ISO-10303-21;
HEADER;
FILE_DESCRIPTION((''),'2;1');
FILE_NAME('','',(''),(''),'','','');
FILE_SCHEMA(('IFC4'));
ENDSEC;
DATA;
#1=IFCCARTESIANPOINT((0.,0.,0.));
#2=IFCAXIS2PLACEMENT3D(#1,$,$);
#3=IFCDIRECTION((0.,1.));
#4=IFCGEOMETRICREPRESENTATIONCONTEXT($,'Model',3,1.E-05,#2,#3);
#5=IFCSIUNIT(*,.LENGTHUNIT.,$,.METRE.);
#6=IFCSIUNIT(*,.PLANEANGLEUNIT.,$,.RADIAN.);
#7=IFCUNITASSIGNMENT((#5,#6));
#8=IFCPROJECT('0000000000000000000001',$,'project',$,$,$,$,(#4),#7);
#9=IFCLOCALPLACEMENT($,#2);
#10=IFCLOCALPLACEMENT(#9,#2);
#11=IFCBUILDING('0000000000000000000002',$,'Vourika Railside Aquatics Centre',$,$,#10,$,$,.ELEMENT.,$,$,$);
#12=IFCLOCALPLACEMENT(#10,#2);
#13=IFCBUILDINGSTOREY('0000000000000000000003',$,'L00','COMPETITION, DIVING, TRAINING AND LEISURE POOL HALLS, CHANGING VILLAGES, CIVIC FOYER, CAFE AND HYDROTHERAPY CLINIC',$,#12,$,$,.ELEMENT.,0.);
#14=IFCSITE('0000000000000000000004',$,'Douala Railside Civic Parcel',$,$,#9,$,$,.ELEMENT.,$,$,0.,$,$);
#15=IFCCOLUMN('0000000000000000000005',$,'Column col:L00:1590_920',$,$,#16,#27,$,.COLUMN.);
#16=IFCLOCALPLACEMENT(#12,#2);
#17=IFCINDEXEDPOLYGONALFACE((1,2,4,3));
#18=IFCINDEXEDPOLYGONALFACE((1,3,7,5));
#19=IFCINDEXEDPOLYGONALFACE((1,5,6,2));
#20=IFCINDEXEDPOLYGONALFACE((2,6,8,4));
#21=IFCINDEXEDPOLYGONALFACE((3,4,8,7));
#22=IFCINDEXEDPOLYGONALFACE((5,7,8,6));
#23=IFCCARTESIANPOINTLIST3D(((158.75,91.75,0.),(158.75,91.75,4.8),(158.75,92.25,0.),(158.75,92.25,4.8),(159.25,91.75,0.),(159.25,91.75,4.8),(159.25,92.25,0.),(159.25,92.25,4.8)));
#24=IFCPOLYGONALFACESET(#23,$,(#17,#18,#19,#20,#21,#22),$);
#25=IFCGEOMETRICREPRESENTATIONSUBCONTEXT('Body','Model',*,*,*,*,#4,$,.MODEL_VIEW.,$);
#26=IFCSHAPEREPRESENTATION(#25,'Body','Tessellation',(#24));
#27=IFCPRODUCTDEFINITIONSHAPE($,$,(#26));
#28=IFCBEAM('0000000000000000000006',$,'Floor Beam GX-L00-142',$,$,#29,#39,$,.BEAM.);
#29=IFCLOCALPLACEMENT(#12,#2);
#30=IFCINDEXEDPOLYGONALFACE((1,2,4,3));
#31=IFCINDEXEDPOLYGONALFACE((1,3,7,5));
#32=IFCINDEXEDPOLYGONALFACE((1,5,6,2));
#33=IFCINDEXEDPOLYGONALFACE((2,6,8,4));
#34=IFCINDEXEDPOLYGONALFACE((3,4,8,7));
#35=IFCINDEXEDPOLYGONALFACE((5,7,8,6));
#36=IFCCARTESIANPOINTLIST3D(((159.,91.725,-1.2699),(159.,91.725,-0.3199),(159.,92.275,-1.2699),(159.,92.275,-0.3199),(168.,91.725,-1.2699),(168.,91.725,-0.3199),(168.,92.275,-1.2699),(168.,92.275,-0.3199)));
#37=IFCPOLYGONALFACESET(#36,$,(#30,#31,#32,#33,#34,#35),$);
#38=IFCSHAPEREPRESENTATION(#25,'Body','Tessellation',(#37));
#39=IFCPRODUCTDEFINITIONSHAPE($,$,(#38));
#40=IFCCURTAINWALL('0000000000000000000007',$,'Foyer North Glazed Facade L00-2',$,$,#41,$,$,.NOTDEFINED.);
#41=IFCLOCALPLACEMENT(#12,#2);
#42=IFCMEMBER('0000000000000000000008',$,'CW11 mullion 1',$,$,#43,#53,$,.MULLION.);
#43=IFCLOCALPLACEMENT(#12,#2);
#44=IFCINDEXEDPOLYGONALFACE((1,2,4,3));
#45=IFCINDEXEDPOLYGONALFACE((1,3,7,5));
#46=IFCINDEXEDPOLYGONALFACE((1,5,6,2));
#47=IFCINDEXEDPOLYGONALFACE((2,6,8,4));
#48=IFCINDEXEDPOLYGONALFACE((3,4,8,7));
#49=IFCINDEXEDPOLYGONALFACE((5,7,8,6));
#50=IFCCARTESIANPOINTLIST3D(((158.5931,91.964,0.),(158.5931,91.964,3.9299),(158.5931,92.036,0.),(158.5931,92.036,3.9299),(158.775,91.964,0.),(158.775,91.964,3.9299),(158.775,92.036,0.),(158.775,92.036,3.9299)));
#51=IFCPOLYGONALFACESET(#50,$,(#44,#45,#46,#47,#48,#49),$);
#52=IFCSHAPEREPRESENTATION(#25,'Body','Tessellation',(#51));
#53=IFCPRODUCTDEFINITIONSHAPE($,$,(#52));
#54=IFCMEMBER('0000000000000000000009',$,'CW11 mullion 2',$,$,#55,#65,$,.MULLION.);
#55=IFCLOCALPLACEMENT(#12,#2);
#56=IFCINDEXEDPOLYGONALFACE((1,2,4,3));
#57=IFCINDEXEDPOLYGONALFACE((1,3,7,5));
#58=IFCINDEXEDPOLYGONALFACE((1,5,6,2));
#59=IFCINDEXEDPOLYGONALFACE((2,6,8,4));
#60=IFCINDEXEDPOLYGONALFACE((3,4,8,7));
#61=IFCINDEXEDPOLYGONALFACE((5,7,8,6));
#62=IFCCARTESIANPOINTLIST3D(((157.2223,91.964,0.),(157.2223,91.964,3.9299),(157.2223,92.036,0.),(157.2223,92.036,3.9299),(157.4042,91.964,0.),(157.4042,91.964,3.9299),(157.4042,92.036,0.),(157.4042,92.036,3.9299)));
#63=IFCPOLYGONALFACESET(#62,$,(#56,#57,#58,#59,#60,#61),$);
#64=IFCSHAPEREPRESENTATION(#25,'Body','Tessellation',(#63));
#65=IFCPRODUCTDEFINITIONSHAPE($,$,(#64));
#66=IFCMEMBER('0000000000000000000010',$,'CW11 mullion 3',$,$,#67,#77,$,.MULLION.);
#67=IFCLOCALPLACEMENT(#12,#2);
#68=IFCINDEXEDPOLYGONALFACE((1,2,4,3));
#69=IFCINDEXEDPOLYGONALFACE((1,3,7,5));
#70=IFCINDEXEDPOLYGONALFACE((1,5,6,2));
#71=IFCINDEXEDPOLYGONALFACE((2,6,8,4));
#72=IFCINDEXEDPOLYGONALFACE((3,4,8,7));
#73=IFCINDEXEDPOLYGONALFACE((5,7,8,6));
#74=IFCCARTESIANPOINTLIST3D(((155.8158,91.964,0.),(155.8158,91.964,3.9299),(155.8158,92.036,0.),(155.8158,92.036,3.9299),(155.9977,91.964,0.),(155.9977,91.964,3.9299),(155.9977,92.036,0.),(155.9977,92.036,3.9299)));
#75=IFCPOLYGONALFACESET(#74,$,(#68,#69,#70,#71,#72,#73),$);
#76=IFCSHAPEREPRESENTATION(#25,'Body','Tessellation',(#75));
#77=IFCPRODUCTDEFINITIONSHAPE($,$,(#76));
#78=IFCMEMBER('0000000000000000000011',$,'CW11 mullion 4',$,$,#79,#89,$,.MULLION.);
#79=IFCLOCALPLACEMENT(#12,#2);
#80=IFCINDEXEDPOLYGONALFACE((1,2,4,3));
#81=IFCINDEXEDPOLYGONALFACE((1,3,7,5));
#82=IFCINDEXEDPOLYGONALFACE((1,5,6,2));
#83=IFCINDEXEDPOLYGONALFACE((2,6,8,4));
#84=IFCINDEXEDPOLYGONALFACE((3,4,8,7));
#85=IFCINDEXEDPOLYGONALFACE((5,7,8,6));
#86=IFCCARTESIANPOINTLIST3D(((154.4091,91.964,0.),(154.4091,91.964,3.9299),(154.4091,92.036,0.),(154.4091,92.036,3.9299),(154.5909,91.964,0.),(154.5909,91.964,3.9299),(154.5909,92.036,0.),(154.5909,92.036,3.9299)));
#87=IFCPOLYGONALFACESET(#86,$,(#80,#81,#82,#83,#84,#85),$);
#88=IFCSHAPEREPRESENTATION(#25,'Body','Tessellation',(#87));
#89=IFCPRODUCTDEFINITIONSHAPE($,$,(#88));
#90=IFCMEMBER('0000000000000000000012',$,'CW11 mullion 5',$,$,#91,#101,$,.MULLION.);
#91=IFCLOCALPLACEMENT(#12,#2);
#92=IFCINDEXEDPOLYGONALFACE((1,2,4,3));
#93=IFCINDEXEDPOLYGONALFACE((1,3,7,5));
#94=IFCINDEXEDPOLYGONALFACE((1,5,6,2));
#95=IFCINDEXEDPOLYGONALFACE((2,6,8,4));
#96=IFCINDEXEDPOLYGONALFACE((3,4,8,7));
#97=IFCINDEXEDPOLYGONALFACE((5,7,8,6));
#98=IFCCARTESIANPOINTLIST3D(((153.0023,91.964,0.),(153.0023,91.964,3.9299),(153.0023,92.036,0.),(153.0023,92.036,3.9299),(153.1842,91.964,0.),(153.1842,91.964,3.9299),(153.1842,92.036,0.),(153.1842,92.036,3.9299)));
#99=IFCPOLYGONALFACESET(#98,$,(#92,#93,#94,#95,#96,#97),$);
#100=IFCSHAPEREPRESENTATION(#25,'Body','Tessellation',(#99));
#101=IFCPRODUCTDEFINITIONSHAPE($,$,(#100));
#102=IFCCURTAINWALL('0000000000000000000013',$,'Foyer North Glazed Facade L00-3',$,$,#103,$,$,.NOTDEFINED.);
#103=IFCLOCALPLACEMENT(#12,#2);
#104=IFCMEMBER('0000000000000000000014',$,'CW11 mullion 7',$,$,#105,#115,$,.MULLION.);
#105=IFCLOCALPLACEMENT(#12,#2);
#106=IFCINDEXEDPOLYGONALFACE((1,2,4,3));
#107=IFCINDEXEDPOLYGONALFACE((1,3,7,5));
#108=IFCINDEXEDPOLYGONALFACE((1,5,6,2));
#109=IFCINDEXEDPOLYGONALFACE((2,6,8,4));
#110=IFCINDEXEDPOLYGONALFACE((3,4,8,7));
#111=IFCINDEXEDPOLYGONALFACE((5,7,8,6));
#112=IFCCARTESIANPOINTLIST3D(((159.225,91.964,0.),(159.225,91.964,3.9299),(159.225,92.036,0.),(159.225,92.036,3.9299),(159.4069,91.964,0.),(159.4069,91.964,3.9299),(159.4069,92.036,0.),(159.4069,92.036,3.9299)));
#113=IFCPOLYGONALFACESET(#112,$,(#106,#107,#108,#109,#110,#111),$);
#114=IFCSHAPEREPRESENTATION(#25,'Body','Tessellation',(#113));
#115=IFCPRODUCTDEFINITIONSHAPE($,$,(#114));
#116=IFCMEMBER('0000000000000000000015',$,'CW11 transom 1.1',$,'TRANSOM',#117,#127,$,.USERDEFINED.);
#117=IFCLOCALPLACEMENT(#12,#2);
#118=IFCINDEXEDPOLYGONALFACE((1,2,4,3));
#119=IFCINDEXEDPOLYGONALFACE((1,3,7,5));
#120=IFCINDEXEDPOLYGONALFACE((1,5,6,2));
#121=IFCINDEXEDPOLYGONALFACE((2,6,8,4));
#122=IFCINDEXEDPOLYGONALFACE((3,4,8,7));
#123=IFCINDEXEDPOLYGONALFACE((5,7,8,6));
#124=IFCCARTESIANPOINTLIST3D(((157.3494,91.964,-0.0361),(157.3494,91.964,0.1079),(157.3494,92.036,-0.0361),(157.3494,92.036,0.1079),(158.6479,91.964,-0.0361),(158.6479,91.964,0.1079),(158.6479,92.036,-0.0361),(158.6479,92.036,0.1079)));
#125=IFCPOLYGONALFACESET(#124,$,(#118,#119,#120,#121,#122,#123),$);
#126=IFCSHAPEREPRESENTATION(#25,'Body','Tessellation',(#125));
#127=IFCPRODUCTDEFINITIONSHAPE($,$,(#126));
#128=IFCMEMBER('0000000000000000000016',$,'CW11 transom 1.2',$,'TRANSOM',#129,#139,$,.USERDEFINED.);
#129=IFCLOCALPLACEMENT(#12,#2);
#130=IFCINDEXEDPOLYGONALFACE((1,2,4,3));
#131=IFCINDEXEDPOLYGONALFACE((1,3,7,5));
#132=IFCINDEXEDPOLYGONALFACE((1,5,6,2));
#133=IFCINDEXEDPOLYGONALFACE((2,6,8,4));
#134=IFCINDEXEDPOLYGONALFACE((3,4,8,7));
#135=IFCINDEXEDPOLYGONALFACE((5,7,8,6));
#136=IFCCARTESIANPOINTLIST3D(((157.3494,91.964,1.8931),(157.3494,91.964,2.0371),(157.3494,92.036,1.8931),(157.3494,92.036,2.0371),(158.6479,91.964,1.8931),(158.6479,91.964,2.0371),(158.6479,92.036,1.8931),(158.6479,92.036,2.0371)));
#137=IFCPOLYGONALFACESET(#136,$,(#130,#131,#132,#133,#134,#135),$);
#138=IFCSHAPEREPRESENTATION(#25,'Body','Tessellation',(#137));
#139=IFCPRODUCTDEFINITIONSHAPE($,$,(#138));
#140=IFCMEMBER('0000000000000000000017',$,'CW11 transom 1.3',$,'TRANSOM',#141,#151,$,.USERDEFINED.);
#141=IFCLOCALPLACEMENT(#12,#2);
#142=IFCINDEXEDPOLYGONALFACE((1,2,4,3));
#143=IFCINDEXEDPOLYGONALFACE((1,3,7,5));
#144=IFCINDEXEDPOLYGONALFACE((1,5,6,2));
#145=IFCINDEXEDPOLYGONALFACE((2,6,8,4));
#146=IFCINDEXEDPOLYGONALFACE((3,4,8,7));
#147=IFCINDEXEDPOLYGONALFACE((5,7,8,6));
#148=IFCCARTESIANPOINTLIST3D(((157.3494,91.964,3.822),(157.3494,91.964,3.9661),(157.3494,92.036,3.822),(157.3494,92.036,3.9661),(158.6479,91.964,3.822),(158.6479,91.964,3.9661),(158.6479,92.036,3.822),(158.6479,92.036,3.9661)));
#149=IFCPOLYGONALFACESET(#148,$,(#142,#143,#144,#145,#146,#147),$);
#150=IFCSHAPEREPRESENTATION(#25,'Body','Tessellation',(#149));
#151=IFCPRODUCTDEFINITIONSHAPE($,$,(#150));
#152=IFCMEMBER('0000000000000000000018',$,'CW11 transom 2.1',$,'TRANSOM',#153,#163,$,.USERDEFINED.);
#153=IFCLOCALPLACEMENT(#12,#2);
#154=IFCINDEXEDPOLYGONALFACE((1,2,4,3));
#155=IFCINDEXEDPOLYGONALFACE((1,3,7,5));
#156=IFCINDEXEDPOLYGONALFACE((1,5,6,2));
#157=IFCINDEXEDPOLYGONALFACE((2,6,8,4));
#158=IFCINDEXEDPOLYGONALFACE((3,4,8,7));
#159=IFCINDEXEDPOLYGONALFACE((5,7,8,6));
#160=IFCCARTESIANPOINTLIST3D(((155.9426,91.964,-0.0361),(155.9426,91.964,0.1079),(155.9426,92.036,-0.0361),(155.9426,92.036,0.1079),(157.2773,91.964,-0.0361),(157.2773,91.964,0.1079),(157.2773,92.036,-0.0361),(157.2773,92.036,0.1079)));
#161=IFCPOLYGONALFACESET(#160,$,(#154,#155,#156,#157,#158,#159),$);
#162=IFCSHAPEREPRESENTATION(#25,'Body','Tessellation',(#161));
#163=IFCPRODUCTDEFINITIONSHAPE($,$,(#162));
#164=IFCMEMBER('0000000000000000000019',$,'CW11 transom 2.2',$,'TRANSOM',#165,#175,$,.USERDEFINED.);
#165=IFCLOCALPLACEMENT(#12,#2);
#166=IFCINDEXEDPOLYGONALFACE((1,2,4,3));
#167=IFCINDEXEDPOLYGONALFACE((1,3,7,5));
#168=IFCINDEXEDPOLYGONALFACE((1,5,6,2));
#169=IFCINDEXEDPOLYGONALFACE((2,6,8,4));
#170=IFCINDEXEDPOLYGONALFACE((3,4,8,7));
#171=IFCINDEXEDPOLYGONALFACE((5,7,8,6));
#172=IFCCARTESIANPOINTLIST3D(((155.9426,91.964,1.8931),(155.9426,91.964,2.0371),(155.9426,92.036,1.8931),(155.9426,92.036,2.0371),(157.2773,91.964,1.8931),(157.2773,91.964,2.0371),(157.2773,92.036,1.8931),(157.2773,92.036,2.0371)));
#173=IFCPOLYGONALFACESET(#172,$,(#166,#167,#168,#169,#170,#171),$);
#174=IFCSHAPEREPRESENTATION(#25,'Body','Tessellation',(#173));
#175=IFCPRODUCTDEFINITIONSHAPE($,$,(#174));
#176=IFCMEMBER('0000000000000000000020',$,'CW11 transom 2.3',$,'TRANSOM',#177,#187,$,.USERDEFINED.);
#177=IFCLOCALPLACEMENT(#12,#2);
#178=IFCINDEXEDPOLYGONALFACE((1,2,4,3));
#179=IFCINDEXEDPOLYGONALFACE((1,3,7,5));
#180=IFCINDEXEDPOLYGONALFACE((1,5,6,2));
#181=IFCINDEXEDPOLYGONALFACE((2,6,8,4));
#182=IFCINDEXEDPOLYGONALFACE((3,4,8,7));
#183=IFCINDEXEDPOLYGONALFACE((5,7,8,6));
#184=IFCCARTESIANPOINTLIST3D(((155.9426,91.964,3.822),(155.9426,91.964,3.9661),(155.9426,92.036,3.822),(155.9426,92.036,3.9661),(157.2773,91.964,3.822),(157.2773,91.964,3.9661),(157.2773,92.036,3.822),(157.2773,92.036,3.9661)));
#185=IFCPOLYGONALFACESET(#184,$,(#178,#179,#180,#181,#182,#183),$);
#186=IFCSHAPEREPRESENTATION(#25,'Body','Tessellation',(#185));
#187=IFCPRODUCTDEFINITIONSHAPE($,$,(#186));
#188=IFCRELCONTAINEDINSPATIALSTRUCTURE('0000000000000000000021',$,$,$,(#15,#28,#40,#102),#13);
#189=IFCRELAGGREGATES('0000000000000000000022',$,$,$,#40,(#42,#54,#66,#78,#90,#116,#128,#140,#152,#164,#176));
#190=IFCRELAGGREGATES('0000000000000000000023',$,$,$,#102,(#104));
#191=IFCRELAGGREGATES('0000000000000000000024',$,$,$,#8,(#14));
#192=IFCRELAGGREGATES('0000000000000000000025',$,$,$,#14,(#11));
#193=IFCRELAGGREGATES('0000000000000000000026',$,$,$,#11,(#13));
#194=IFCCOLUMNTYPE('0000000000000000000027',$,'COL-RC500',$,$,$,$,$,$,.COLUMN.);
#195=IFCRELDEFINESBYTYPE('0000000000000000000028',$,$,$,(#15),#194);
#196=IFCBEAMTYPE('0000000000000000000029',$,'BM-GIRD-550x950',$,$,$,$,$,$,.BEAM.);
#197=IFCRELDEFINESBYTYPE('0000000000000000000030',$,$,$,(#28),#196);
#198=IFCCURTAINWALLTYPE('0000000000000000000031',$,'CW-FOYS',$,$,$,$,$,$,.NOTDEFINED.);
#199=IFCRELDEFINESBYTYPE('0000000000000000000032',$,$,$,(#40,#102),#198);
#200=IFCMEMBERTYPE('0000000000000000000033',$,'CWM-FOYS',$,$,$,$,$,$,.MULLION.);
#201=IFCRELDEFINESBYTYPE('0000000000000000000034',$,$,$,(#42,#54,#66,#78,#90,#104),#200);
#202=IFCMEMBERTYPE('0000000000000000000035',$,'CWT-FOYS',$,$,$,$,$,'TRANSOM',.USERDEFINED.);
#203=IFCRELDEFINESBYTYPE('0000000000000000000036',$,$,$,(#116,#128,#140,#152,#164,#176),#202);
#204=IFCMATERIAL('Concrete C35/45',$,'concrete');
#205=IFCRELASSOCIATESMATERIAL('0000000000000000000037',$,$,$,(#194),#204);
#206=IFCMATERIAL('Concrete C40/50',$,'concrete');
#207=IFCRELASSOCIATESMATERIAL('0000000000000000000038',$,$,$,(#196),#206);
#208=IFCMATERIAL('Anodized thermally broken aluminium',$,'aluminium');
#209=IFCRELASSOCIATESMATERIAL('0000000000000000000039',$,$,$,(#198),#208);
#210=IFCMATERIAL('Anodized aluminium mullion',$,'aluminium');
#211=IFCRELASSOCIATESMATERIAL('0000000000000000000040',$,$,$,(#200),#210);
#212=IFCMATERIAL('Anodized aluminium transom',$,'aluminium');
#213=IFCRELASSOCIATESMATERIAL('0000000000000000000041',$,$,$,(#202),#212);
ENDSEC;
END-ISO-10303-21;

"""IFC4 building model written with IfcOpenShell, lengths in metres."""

from ifc_helpers import new_model, si_unit, direction, frame, origin, origin_2d, place, context, subcontext, project, spatial, rectangle, extrude, material, material_profile, profile_set, type_object, element, aggregate, save


model = new_model("IFC4")

# Units and contexts
model_context = context("Model", 3, precision=1e-05, world=origin(), true_north=direction((0.0, 1.0)))
body_context = subcontext(model_context, "Body", "Model", "MODEL_VIEW")
ifc_project = project(units=[si_unit("LENGTHUNIT", "METRE"), si_unit("PLANEANGLEUNIT", "RADIAN")], contexts=[model_context])

# Site, building, storey
site_placement = place(None, origin())
site = spatial("IfcSite", under=ifc_project, at=site_placement, Name="Douala Railside Civic Parcel", CompositionType="ELEMENT", RefElevation=0.0)
building_placement = place(site_placement, origin())
building = spatial("IfcBuilding", under=site, at=building_placement, Name="Vourika Railside Aquatics Centre", CompositionType="ELEMENT")
storey_placement = place(building_placement, origin())
storey = spatial("IfcBuildingStorey", under=building, at=storey_placement, Name="L00", Description="COMPETITION, DIVING, TRAINING AND LEISURE POOL HALLS, CHANGING VILLAGES, CIVIC FOYER, CAFE AND HYDROTHERAPY CLINIC", CompositionType="ELEMENT", Elevation=0.0)

# Column
ifc_material_1 = material(Name="Concrete C35/45", Category="concrete")
ifc_material_profile_1 = material_profile(ifc_material_1, rectangle(XDim=0.5, YDim=0.5, at=origin_2d()), Name="RC 500x500")
ifc_profile_set_1 = profile_set([ifc_material_profile_1], Name="Concrete C35/45")
column_type = type_object("IfcColumnType", Name="COL-RC500", PredefinedType="COLUMN", material=ifc_profile_set_1)
column_placement = place(storey_placement, frame((159.0, 92.0, 0.0), z_axis=(0.0, 0.0, 1.0), x_axis=(1.0, 0.0, 0.0)))
element("IfcColumn", 1, at=column_placement, inside=storey, type_object=column_type, Name="Column col:L00:1590_920", PredefinedType="COLUMN", context=body_context, shape_type="SweptSolid", body=[
    extrude(rectangle(XDim=0.5, YDim=0.5, at=origin_2d()), origin(), (0.0, 0.0, 1.0), 4.8),
])

# Beam
ifc_material_2 = material(Name="Concrete C40/50", Category="concrete")
ifc_material_profile_2 = material_profile(ifc_material_2, rectangle(XDim=0.55, YDim=0.95, at=origin_2d()), Name="RC 550x950")
ifc_profile_set_2 = profile_set([ifc_material_profile_2], Name="Concrete C40/50")
beam_type = type_object("IfcBeamType", Name="BM-GIRD-550x950", PredefinedType="BEAM", material=ifc_profile_set_2)
beam_placement = place(storey_placement, frame((159.0, 92.0, -0.7949), z_axis=(1.0, 0.0, 0.0), x_axis=(0.0, 1.0, 0.0)))
element("IfcBeam", 2, at=beam_placement, inside=storey, type_object=beam_type, Name="Floor Beam GX-L00-142", PredefinedType="BEAM", context=body_context, shape_type="SweptSolid", body=[
    extrude(rectangle(XDim=0.55, YDim=0.95, at=origin_2d()), origin(), (0.0, 0.0, 1.0), 9.0),
])

# Curtain wall, members
ifc_material_3 = material(Name="Anodized thermally broken aluminium", Category="aluminium")
curtain_wall_type = type_object("IfcCurtainWallType", Name="CW-FOYS", PredefinedType="NOTDEFINED", material=ifc_material_3)
curtain_wall_1_placement = place(storey_placement, origin())
curtain_wall_1 = element("IfcCurtainWall", 3, at=curtain_wall_1_placement, inside=storey, type_object=curtain_wall_type, Name="Foyer North Glazed Facade L00-2", PredefinedType="NOTDEFINED")
ifc_material_4 = material(Name="Anodized aluminium mullion", Category="aluminium")
ifc_material_profile_3 = material_profile(ifc_material_4, rectangle(XDim=0.072, YDim=0.1819, at=origin_2d()), Name="ALU-M 72x182")
ifc_profile_set_3 = profile_set([ifc_material_profile_3], Name="Anodized aluminium mullion")
member_type_1 = type_object("IfcMemberType", Name="CWM-FOYS", PredefinedType="MULLION", material=ifc_profile_set_3)
member_1_placement = place(storey_placement, frame((158.6841, 92.0, 0.0), z_axis=(0.0, 0.0, 1.0), x_axis=(0.0, -1.0, 0.0)))
member_1 = element("IfcMember", 4, at=member_1_placement, type_object=member_type_1, Name="CW11 mullion 1", PredefinedType="MULLION", context=body_context, shape_type="SweptSolid", body=[
    extrude(rectangle(XDim=0.072, YDim=0.1819, at=origin_2d()), origin(), (0.0, 0.0, 1.0), 3.9299),
])
member_2_placement = place(storey_placement, frame((157.3132, 92.0, 0.0), z_axis=(0.0, 0.0, 1.0), x_axis=(0.0, -1.0, 0.0)))
member_2 = element("IfcMember", 5, at=member_2_placement, type_object=member_type_1, Name="CW11 mullion 2", PredefinedType="MULLION", context=body_context, shape_type="SweptSolid", body=[
    extrude(rectangle(XDim=0.072, YDim=0.1819, at=origin_2d()), origin(), (0.0, 0.0, 1.0), 3.9299),
])
member_3_placement = place(storey_placement, frame((155.9067, 92.0, 0.0), z_axis=(0.0, 0.0, 1.0), x_axis=(0.0, -1.0, 0.0)))
member_3 = element("IfcMember", 6, at=member_3_placement, type_object=member_type_1, Name="CW11 mullion 3", PredefinedType="MULLION", context=body_context, shape_type="SweptSolid", body=[
    extrude(rectangle(XDim=0.072, YDim=0.1819, at=origin_2d()), origin(), (0.0, 0.0, 1.0), 3.9299),
])
member_4_placement = place(storey_placement, frame((154.5, 92.0, 0.0), z_axis=(0.0, 0.0, 1.0), x_axis=(0.0, -1.0, 0.0)))
member_4 = element("IfcMember", 7, at=member_4_placement, type_object=member_type_1, Name="CW11 mullion 4", PredefinedType="MULLION", context=body_context, shape_type="SweptSolid", body=[
    extrude(rectangle(XDim=0.072, YDim=0.1819, at=origin_2d()), origin(), (0.0, 0.0, 1.0), 3.9299),
])
member_5_placement = place(storey_placement, frame((153.0933, 92.0, 0.0), z_axis=(0.0, 0.0, 1.0), x_axis=(0.0, -1.0, 0.0)))
member_5 = element("IfcMember", 8, at=member_5_placement, type_object=member_type_1, Name="CW11 mullion 5", PredefinedType="MULLION", context=body_context, shape_type="SweptSolid", body=[
    extrude(rectangle(XDim=0.072, YDim=0.1819, at=origin_2d()), origin(), (0.0, 0.0, 1.0), 3.9299),
])

# Curtain wall, member
curtain_wall_2_placement = place(storey_placement, origin())
curtain_wall_2 = element("IfcCurtainWall", 9, at=curtain_wall_2_placement, inside=storey, type_object=curtain_wall_type, Name="Foyer North Glazed Facade L00-3", PredefinedType="NOTDEFINED")
member_6_placement = place(storey_placement, frame((159.3159, 92.0, 0.0), z_axis=(0.0, 0.0, 1.0), x_axis=(0.0, -1.0, 0.0)))
member_6 = element("IfcMember", 10, at=member_6_placement, type_object=member_type_1, Name="CW11 mullion 7", PredefinedType="MULLION", context=body_context, shape_type="SweptSolid", body=[
    extrude(rectangle(XDim=0.072, YDim=0.1819, at=origin_2d()), origin(), (0.0, 0.0, 1.0), 3.9299),
])

# Members
ifc_material_5 = material(Name="Anodized aluminium transom", Category="aluminium")
ifc_material_profile_4 = material_profile(ifc_material_5, rectangle(XDim=0.072, YDim=0.144, at=origin_2d()), Name="ALU-T 72x144")
ifc_profile_set_4 = profile_set([ifc_material_profile_4], Name="Anodized aluminium transom")
member_type_2 = type_object("IfcMemberType", Name="CWT-FOYS", ElementType="TRANSOM", PredefinedType="USERDEFINED", material=ifc_profile_set_4)
member_7_placement = place(storey_placement, frame((158.6479, 92.0, 0.0359), z_axis=(-1.0, 0.0, 0.0), x_axis=(0.0, -1.0, 0.0)))
member_7 = element("IfcMember", 11, at=member_7_placement, type_object=member_type_2, Name="CW11 transom 1.1", ObjectType="TRANSOM", PredefinedType="USERDEFINED", context=body_context, shape_type="SweptSolid", body=[
    extrude(rectangle(XDim=0.072, YDim=0.144, at=origin_2d()), origin(), (0.0, 0.0, 1.0), 1.2986),
])
member_8_placement = place(storey_placement, frame((158.6479, 92.0, 1.9651), z_axis=(-1.0, 0.0, 0.0), x_axis=(0.0, -1.0, 0.0)))
member_8 = element("IfcMember", 12, at=member_8_placement, type_object=member_type_2, Name="CW11 transom 1.2", ObjectType="TRANSOM", PredefinedType="USERDEFINED", context=body_context, shape_type="SweptSolid", body=[
    extrude(rectangle(XDim=0.072, YDim=0.144, at=origin_2d()), origin(), (0.0, 0.0, 1.0), 1.2986),
])
member_9_placement = place(storey_placement, frame((158.6479, 92.0, 3.894), z_axis=(-1.0, 0.0, 0.0), x_axis=(0.0, -1.0, 0.0)))
member_9 = element("IfcMember", 13, at=member_9_placement, type_object=member_type_2, Name="CW11 transom 1.3", ObjectType="TRANSOM", PredefinedType="USERDEFINED", context=body_context, shape_type="SweptSolid", body=[
    extrude(rectangle(XDim=0.072, YDim=0.144, at=origin_2d()), origin(), (0.0, 0.0, 1.0), 1.2986),
])
member_10_placement = place(storey_placement, frame((157.2773, 92.0, 0.0359), z_axis=(-1.0, 0.0, 0.0), x_axis=(0.0, -1.0, 0.0)))
member_10 = element("IfcMember", 14, at=member_10_placement, type_object=member_type_2, Name="CW11 transom 2.1", ObjectType="TRANSOM", PredefinedType="USERDEFINED", context=body_context, shape_type="SweptSolid", body=[
    extrude(rectangle(XDim=0.072, YDim=0.144, at=origin_2d()), origin(), (0.0, 0.0, 1.0), 1.3347),
])
member_11_placement = place(storey_placement, frame((157.2773, 92.0, 1.9651), z_axis=(-1.0, 0.0, 0.0), x_axis=(0.0, -1.0, 0.0)))
member_11 = element("IfcMember", 15, at=member_11_placement, type_object=member_type_2, Name="CW11 transom 2.2", ObjectType="TRANSOM", PredefinedType="USERDEFINED", context=body_context, shape_type="SweptSolid", body=[
    extrude(rectangle(XDim=0.072, YDim=0.144, at=origin_2d()), origin(), (0.0, 0.0, 1.0), 1.3347),
])
member_12_placement = place(storey_placement, frame((157.2773, 92.0, 3.894), z_axis=(-1.0, 0.0, 0.0), x_axis=(0.0, -1.0, 0.0)))
member_12 = element("IfcMember", 16, at=member_12_placement, type_object=member_type_2, Name="CW11 transom 2.3", ObjectType="TRANSOM", PredefinedType="USERDEFINED", context=body_context, shape_type="SweptSolid", body=[
    extrude(rectangle(XDim=0.072, YDim=0.144, at=origin_2d()), origin(), (0.0, 0.0, 1.0), 1.3347),
])

aggregate(curtain_wall_1, [member_1, member_2, member_3, member_4, member_5, member_7, member_8, member_9, member_10, member_11, member_12])
aggregate(curtain_wall_2, [member_6])

save(model, "model.ifc")
